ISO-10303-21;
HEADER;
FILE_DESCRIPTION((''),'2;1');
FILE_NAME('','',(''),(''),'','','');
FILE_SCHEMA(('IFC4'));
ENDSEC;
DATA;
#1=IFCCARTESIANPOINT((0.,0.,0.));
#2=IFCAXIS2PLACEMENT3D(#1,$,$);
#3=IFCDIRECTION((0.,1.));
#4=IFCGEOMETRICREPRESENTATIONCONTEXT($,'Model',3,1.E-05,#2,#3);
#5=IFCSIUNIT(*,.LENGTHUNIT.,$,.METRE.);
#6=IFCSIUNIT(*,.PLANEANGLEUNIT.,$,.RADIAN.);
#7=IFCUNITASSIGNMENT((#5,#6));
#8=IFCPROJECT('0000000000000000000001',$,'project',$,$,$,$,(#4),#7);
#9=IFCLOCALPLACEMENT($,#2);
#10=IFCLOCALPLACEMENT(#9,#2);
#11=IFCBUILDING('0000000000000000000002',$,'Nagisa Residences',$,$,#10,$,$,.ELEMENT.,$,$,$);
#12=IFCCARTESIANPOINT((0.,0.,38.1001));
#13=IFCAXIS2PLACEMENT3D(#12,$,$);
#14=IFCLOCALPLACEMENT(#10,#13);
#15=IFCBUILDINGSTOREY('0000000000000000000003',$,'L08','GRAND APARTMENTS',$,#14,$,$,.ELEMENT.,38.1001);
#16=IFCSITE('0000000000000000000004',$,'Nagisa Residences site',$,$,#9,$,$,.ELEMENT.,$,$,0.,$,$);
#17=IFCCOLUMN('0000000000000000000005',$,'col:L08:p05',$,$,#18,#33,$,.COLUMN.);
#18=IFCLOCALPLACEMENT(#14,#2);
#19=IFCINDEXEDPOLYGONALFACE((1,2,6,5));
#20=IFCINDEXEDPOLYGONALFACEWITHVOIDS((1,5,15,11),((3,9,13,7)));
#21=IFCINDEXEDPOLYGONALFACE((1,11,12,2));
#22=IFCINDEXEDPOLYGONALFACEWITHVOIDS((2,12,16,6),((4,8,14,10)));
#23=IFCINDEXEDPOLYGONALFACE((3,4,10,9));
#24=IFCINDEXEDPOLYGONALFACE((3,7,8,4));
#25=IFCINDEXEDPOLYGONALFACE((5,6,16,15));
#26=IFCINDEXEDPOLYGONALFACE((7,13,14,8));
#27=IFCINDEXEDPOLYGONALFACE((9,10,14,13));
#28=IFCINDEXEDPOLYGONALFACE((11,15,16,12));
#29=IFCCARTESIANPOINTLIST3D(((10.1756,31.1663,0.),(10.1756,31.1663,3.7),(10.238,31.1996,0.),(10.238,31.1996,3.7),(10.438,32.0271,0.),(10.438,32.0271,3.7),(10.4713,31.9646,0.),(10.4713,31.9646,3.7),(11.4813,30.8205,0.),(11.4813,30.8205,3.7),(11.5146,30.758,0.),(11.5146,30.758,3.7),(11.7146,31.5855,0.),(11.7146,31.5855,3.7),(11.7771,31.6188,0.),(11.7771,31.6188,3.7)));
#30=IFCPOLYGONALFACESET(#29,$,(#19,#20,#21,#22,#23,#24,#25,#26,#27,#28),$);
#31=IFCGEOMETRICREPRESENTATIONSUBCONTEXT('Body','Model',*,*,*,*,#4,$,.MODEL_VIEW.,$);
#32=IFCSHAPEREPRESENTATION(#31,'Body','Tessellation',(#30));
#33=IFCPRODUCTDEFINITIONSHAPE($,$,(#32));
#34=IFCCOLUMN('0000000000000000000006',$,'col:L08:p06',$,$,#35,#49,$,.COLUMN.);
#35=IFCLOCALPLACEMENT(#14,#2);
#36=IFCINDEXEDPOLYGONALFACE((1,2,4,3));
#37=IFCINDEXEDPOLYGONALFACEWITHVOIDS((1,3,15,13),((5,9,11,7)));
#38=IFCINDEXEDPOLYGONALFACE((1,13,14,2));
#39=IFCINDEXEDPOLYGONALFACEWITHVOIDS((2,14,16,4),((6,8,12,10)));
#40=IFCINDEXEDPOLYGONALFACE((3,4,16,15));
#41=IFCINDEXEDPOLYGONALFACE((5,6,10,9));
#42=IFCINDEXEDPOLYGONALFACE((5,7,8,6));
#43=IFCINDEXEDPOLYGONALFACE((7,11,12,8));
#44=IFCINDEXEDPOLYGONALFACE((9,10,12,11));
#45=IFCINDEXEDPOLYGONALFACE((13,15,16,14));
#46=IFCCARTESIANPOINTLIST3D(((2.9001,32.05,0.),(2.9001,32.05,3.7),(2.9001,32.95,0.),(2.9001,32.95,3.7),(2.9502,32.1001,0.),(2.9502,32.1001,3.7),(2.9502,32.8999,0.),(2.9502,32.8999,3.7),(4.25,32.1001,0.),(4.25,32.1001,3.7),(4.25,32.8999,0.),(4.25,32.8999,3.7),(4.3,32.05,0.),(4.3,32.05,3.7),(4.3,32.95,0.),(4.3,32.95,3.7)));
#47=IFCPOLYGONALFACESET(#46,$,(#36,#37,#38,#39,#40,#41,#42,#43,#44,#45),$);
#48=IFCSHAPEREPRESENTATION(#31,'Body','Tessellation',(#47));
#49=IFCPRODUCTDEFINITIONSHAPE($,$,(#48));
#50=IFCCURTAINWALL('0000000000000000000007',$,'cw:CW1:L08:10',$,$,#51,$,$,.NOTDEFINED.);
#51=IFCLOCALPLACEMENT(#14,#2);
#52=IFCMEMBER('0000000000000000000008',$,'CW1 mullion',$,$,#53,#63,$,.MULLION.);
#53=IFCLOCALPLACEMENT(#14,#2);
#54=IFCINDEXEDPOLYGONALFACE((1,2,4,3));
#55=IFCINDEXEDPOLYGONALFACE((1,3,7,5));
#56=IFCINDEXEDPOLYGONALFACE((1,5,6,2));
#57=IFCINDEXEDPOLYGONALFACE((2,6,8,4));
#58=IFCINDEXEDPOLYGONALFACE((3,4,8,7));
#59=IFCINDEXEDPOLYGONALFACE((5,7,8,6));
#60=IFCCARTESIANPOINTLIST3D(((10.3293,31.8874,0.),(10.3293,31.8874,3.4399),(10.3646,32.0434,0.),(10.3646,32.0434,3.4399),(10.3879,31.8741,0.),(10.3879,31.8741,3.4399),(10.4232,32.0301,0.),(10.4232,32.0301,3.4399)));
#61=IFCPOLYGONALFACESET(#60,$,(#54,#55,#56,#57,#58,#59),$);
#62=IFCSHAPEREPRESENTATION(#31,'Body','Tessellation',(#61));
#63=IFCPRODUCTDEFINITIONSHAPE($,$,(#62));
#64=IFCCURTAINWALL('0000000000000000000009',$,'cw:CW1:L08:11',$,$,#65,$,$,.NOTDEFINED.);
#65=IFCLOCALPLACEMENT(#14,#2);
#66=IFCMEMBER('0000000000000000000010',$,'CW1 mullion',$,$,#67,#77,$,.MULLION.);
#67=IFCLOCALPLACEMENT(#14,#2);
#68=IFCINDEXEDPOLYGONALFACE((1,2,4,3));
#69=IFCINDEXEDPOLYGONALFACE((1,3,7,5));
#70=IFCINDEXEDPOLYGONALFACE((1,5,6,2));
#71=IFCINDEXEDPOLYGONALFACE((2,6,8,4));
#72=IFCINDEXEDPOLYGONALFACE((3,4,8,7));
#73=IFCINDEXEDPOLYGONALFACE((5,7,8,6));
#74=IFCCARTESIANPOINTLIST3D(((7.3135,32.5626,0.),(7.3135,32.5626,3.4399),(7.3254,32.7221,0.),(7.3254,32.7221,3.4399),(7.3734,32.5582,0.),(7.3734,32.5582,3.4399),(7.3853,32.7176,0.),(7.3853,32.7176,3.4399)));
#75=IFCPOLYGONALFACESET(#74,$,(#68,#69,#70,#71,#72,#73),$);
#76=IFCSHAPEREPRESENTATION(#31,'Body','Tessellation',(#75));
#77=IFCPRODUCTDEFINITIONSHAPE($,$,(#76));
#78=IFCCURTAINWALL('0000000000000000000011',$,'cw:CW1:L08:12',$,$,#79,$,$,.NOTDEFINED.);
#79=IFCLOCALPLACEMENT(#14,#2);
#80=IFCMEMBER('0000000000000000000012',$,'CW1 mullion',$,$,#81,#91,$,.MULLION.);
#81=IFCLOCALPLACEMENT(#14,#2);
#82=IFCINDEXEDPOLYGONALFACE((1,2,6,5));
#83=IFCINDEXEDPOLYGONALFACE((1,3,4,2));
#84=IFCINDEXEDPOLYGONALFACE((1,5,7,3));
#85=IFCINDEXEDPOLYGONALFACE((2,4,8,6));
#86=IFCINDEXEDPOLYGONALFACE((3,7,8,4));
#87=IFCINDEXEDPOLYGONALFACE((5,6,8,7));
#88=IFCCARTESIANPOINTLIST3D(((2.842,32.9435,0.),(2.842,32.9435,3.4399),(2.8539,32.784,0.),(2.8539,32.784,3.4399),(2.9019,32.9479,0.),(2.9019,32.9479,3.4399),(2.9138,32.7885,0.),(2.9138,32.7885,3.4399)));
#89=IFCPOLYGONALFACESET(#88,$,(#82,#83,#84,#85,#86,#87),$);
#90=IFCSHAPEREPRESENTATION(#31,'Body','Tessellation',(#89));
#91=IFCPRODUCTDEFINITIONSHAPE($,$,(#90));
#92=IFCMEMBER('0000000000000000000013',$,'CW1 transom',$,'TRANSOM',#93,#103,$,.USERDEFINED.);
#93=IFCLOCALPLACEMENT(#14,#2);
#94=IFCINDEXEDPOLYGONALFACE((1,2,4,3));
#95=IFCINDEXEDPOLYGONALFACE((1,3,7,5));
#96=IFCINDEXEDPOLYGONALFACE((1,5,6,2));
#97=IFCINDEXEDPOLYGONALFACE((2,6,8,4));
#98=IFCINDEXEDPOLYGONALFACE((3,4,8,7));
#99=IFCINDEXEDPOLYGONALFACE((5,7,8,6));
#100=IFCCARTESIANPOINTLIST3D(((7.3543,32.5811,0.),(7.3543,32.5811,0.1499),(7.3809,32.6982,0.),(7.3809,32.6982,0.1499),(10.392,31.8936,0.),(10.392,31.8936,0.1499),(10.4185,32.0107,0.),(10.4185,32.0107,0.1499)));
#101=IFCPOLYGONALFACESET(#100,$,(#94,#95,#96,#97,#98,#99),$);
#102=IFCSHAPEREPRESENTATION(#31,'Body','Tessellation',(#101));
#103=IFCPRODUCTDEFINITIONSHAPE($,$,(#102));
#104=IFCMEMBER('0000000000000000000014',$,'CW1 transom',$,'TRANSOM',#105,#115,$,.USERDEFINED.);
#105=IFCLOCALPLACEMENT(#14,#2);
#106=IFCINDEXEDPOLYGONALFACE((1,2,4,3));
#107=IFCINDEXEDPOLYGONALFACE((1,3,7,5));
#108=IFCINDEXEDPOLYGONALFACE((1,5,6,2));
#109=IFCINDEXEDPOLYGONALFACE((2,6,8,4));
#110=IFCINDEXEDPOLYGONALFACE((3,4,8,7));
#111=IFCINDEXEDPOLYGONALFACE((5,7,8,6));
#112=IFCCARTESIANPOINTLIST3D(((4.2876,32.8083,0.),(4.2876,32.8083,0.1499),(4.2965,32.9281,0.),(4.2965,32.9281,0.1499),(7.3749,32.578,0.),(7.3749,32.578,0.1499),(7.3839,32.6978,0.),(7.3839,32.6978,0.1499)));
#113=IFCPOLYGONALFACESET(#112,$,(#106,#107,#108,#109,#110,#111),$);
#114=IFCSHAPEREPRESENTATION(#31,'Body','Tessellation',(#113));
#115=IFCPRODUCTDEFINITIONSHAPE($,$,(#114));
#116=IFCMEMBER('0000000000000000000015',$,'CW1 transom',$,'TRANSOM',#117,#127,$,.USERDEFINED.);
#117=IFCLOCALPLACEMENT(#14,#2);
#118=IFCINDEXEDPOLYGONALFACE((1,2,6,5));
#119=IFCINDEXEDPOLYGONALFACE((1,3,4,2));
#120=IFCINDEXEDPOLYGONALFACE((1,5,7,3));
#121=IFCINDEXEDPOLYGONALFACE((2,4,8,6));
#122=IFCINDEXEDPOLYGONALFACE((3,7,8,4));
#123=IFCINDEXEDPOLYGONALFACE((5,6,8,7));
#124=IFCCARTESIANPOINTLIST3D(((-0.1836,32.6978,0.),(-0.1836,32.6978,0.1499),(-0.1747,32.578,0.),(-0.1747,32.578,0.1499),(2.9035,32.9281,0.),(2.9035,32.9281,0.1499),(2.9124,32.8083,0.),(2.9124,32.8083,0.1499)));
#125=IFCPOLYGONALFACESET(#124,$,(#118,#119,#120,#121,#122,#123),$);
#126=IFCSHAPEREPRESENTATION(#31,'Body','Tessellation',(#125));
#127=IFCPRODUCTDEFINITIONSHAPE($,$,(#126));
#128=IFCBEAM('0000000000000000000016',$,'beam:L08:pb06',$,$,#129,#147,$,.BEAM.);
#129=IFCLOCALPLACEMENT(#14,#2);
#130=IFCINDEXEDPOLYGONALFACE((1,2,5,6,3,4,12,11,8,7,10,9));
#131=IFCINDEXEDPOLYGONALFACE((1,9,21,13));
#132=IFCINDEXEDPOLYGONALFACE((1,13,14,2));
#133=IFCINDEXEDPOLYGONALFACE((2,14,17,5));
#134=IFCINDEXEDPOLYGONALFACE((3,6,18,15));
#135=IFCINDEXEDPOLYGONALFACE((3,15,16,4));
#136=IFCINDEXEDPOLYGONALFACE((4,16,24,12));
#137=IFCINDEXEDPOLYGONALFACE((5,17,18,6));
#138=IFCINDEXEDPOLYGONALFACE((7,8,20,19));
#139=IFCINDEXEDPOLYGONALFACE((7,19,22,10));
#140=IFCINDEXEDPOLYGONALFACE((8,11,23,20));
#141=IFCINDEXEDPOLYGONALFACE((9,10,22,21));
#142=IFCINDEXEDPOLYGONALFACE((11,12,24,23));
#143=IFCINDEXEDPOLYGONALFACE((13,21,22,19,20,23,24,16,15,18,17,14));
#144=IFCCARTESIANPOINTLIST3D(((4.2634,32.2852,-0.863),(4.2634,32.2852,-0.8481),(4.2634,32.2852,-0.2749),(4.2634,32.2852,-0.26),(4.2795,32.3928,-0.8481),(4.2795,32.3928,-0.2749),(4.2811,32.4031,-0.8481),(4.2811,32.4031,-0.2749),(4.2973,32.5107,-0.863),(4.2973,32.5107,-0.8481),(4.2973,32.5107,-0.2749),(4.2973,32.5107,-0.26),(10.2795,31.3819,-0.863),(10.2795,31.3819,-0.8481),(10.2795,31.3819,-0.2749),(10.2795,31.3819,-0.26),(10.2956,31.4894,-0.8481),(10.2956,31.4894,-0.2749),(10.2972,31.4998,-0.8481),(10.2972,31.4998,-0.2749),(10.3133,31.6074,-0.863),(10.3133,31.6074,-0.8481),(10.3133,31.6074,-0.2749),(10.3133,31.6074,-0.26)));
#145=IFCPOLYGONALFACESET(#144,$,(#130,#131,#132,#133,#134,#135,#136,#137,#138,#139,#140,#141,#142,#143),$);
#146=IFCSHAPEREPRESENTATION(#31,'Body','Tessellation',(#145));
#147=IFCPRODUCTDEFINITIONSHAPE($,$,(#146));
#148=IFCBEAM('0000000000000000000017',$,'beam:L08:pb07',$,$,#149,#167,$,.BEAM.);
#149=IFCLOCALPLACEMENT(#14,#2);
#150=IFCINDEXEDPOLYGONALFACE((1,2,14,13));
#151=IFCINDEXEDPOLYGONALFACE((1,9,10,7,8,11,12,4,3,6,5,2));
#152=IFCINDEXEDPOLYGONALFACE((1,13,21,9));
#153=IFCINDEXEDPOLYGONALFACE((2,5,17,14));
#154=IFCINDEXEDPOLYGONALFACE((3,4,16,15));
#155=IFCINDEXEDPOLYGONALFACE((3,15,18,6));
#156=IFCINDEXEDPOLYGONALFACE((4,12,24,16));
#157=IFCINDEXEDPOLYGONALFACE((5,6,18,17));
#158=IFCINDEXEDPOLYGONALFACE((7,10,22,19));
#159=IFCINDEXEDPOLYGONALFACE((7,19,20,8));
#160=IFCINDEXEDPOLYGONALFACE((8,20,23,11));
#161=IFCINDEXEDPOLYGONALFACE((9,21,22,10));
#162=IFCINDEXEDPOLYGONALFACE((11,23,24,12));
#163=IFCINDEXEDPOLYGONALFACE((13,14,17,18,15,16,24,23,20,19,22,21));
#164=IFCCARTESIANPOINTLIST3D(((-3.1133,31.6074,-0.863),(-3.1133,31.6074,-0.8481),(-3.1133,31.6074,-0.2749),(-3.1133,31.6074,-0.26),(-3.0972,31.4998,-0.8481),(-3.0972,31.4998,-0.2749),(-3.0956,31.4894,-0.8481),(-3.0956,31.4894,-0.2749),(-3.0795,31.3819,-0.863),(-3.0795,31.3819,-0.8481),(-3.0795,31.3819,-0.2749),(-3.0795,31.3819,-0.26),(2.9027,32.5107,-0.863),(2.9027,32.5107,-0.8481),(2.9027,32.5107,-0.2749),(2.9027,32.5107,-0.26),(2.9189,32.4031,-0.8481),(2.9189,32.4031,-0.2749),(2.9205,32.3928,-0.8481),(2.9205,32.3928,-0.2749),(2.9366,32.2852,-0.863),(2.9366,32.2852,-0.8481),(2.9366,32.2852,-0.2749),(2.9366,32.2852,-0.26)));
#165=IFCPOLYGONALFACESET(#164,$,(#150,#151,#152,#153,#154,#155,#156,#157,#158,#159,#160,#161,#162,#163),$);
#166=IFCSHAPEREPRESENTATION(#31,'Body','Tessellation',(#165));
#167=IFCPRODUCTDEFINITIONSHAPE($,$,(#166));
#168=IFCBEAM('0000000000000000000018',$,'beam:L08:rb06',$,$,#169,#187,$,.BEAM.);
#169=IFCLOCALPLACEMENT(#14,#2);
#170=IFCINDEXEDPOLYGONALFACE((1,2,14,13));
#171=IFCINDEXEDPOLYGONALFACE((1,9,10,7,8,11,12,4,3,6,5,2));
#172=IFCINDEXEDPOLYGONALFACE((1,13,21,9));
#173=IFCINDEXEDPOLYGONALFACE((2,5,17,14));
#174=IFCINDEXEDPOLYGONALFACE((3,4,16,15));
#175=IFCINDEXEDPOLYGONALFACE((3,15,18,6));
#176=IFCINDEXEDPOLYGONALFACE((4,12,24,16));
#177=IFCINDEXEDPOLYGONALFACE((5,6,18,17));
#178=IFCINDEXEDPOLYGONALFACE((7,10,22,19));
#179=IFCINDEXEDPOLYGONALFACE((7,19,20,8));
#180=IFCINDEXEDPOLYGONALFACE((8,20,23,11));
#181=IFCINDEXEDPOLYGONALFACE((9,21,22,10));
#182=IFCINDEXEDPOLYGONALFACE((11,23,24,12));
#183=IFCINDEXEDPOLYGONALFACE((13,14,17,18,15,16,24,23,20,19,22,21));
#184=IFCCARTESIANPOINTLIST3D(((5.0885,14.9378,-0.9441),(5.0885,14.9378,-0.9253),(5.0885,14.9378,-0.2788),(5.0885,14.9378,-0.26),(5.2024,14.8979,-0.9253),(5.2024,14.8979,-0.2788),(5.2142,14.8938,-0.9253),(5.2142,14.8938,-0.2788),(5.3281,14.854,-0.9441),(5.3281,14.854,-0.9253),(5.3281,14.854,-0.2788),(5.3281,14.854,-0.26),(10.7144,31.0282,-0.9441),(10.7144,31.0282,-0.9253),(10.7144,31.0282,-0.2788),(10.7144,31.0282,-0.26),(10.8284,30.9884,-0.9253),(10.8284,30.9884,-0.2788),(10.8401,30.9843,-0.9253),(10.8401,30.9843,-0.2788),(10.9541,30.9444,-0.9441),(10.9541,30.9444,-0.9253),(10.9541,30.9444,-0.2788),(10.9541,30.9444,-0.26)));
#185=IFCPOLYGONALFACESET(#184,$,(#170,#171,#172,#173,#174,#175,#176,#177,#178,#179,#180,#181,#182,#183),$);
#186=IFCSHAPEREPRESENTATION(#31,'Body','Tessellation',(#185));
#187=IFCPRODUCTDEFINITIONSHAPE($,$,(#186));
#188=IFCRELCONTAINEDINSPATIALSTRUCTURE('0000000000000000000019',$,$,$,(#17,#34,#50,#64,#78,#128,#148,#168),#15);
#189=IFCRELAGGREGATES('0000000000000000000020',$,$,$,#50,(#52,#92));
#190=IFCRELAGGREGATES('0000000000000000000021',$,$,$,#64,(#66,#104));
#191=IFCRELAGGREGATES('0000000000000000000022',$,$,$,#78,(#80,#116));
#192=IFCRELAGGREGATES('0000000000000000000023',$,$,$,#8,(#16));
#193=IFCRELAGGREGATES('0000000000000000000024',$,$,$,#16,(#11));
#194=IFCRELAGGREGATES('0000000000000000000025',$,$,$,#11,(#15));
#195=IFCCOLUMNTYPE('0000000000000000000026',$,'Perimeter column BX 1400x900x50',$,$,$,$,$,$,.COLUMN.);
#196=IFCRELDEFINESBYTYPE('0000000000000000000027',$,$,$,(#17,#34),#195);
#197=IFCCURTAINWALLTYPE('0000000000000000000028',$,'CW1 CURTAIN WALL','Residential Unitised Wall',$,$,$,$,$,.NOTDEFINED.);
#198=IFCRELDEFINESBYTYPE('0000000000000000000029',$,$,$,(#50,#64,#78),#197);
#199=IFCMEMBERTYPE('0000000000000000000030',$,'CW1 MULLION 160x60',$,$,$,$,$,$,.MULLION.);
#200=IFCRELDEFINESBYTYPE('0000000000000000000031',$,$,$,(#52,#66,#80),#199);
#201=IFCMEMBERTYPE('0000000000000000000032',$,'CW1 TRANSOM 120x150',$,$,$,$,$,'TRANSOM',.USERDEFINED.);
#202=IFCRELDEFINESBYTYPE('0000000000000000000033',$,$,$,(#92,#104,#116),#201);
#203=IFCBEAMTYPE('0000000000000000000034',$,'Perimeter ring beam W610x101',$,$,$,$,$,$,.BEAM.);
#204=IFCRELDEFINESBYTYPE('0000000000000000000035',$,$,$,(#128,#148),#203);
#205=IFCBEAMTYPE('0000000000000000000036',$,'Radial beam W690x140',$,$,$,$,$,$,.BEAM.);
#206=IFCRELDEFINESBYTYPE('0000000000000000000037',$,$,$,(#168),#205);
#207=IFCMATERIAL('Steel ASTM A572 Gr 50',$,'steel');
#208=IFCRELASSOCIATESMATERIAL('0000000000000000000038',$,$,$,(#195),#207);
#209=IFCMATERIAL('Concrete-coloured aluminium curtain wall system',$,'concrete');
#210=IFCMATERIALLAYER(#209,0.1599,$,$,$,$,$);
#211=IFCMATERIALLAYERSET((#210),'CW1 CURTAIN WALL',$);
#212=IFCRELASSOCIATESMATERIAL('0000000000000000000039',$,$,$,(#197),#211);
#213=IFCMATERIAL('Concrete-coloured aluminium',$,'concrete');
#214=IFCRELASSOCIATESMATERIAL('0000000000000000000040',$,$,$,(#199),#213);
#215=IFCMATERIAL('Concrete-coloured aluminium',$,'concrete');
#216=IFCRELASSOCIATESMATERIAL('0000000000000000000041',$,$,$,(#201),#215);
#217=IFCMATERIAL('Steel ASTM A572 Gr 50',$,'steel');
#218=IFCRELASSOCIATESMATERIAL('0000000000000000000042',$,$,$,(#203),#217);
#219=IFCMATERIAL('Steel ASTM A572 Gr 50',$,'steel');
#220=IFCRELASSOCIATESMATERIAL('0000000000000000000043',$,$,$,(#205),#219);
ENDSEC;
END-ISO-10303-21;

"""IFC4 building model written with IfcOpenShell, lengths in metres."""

from ifc_helpers import new_model, si_unit, direction, frame, origin, origin_2d, place, context, subcontext, project, spatial, rectangle, hollow_rectangle, i_section, extrude, material, layer, layer_set, material_profile, profile_set, type_object, element, aggregate, save


model = new_model("IFC4")

# Units and contexts
model_context = context("Model", 3, precision=1e-05, world=origin(), true_north=direction((0.0, 1.0)))
body_context = subcontext(model_context, "Body", "Model", "MODEL_VIEW")
ifc_project = project(units=[si_unit("LENGTHUNIT", "METRE"), si_unit("PLANEANGLEUNIT", "RADIAN")], contexts=[model_context])

# Site, building, storey
site_placement = place(None, origin())
site = spatial("IfcSite", under=ifc_project, at=site_placement, Name="Nagisa Residences site", CompositionType="ELEMENT", RefElevation=0.0)
building_placement = place(site_placement, origin())
building = spatial("IfcBuilding", under=site, at=building_placement, Name="Nagisa Residences", CompositionType="ELEMENT")
storey_placement = place(building_placement, frame((0.0, 0.0, 38.1001)))
storey = spatial("IfcBuildingStorey", under=building, at=storey_placement, Name="L08", Description="GRAND APARTMENTS", CompositionType="ELEMENT", Elevation=38.1001)

# Columns
ifc_material_1 = material(Name="Steel ASTM A572 Gr 50", Category="steel")
ifc_material_profile_1 = material_profile(ifc_material_1, hollow_rectangle(XDim=1.3999, YDim=0.8999, WallThickness=0.05, at=origin_2d()), Name="BX 1400x900x50")
ifc_profile_set_1 = profile_set([ifc_material_profile_1], Name="Steel ASTM A572 Gr 50")
column_type = type_object("IfcColumnType", Name="Perimeter column BX 1400x900x50", PredefinedType="COLUMN", material=ifc_profile_set_1)
for number, where, z_axis, x_axis, name in (
    (1, (10.9763, 31.3926, 0.0), (0.0, 0.0, 1.0), (-0.956525, 0.291652, 0.0), "col:L08:p05"),
    (2, (3.6001, 32.5, 0.0), (0.0, 0.0, 1.0), (-1.0, 0.0, 0.0), "col:L08:p06"),
):
    element("IfcColumn", number, at=place(storey_placement, frame(where, z_axis=z_axis, x_axis=x_axis)), inside=storey, type_object=column_type, Name=name, PredefinedType="COLUMN", context=body_context, shape_type="SweptSolid", body=[
        extrude(hollow_rectangle(XDim=1.3999, YDim=0.8999, WallThickness=0.05, at=origin_2d()), origin(), (0.0, 0.0, 1.0), 3.7),
    ])

# Curtain walls, members
ifc_material_2 = material(Name="Concrete-coloured aluminium curtain wall system", Category="concrete")
ifc_layer_1 = layer(ifc_material_2, 0.1599)
ifc_layer_set_1 = layer_set([ifc_layer_1], Name="CW1 CURTAIN WALL")
curtain_wall_type = type_object("IfcCurtainWallType", Name="CW1 CURTAIN WALL", Description="Residential Unitised Wall", PredefinedType="NOTDEFINED", material=ifc_layer_set_1)
curtain_wall_1_placement = place(storey_placement, origin())
curtain_wall_1 = element("IfcCurtainWall", 3, at=curtain_wall_1_placement, inside=storey, type_object=curtain_wall_type, Name="cw:CW1:L08:10", PredefinedType="NOTDEFINED")
ifc_material_3 = material(Name="Concrete-coloured aluminium", Category="concrete")
ifc_material_profile_2 = material_profile(ifc_material_3, rectangle(XDim=0.1599, YDim=0.0601, at=origin_2d()), Name="CW1 MULLION 160x60")
ifc_profile_set_2 = profile_set([ifc_material_profile_2], Name="Concrete-coloured aluminium")
member_type_1 = type_object("IfcMemberType", Name="CW1 MULLION 160x60", PredefinedType="MULLION", material=ifc_profile_set_2)
member_1_placement = place(storey_placement, frame((10.3762, 31.9587, 0.0), z_axis=(0.0, 0.0, 1.0), x_axis=(-0.220764, -0.975327, 0.0)))
member_1 = element("IfcMember", 4, at=member_1_placement, type_object=member_type_1, Name="CW1 mullion", PredefinedType="MULLION", context=body_context, shape_type="SweptSolid", body=[
    extrude(rectangle(XDim=0.1599, YDim=0.0601, at=origin_2d()), origin(), (0.0, 0.0, 1.0), 3.4399),
])
curtain_wall_2_placement = place(storey_placement, origin())
curtain_wall_2 = element("IfcCurtainWall", 5, at=curtain_wall_2_placement, inside=storey, type_object=curtain_wall_type, Name="cw:CW1:L08:11", PredefinedType="NOTDEFINED")
member_2_placement = place(storey_placement, frame((7.3494, 32.6401, 0.0), z_axis=(0.0, 0.0, 1.0), x_axis=(-0.074377, -0.99723, 0.0)))
member_2 = element("IfcMember", 6, at=member_2_placement, type_object=member_type_1, Name="CW1 mullion", PredefinedType="MULLION", context=body_context, shape_type="SweptSolid", body=[
    extrude(rectangle(XDim=0.1599, YDim=0.0601, at=origin_2d()), origin(), (0.0, 0.0, 1.0), 3.4399),
])
curtain_wall_3_placement = place(storey_placement, origin())
curtain_wall_3 = element("IfcCurtainWall", 7, at=curtain_wall_3_placement, inside=storey, type_object=curtain_wall_type, Name="cw:CW1:L08:12", PredefinedType="NOTDEFINED")
member_3_placement = place(storey_placement, frame((2.8779, 32.866, 0.0), z_axis=(0.0, 0.0, 1.0), x_axis=(0.074377, -0.99723, 0.0)))
member_3 = element("IfcMember", 8, at=member_3_placement, type_object=member_type_1, Name="CW1 mullion", PredefinedType="MULLION", context=body_context, shape_type="SweptSolid", body=[
    extrude(rectangle(XDim=0.1599, YDim=0.0601, at=origin_2d()), origin(), (0.0, 0.0, 1.0), 3.4399),
])

# Members
ifc_material_4 = material(Name="Concrete-coloured aluminium", Category="concrete")
ifc_material_profile_3 = material_profile(ifc_material_4, rectangle(XDim=0.1201, YDim=0.1499, at=origin_2d()), Name="CW1 TRANSOM 120x150")
ifc_profile_set_3 = profile_set([ifc_material_profile_3], Name="Concrete-coloured aluminium")
member_type_2 = type_object("IfcMemberType", Name="CW1 TRANSOM 120x150", ElementType="TRANSOM", PredefinedType="USERDEFINED", material=ifc_profile_set_3)
member_4_placement = place(storey_placement, frame((10.4053, 31.9521, 0.075), z_axis=(-0.975331, 0.220747, 0.0), x_axis=(-0.220747, -0.975331, 0.0)))
member_4 = element("IfcMember", 9, at=member_4_placement, type_object=member_type_2, Name="CW1 transom", ObjectType="TRANSOM", PredefinedType="USERDEFINED", context=body_context, shape_type="SweptSolid", body=[
    extrude(rectangle(XDim=0.1201, YDim=0.1499, at=origin_2d()), origin(), (0.0, 0.0, 1.0), 3.1145),
])
member_5_placement = place(storey_placement, frame((7.3794, 32.6379, 0.075), z_axis=(-0.997231, 0.074363, 0.0), x_axis=(-0.074363, -0.997231, 0.0)))
member_5 = element("IfcMember", 10, at=member_5_placement, type_object=member_type_2, Name="CW1 transom", ObjectType="TRANSOM", PredefinedType="USERDEFINED", context=body_context, shape_type="SweptSolid", body=[
    extrude(rectangle(XDim=0.1201, YDim=0.1499, at=origin_2d()), origin(), (0.0, 0.0, 1.0), 3.0959),
])
member_6_placement = place(storey_placement, frame((2.908, 32.8682, 0.075), z_axis=(-0.997231, -0.074368, 0.0), x_axis=(0.074368, -0.997231, 0.0)))
member_6 = element("IfcMember", 11, at=member_6_placement, type_object=member_type_2, Name="CW1 transom", ObjectType="TRANSOM", PredefinedType="USERDEFINED", context=body_context, shape_type="SweptSolid", body=[
    extrude(rectangle(XDim=0.1201, YDim=0.1499, at=origin_2d()), origin(), (0.0, 0.0, 1.0), 3.0957),
])

# Beams
ifc_material_5 = material(Name="Steel ASTM A572 Gr 50", Category="steel")
ifc_material_profile_4 = material_profile(ifc_material_5, i_section(OverallWidth=0.228, OverallDepth=0.603, WebThickness=0.0105, FlangeThickness=0.0149, at=origin_2d()), Name="W610x101")
ifc_profile_set_4 = profile_set([ifc_material_profile_4], Name="Steel ASTM A572 Gr 50")
beam_type_1 = type_object("IfcBeamType", Name="Perimeter ring beam W610x101", PredefinedType="BEAM", material=ifc_profile_set_4)
for number, where, z_axis, x_axis, name in (
    (12, (10.2964, 31.4946, -0.5615), (-0.988915, 0.148486, 0.0), (-0.148486, -0.988915, 0.0), "beam:L08:pb06"),
    (13, (2.9197, 32.3979, -0.5615), (-0.988915, -0.148486, 0.0), (0.148486, -0.988915, 0.0), "beam:L08:pb07"),
):
    element("IfcBeam", number, at=place(storey_placement, frame(where, z_axis=z_axis, x_axis=x_axis)), inside=storey, type_object=beam_type_1, Name=name, PredefinedType="BEAM", context=body_context, shape_type="SweptSolid", body=[
        extrude(i_section(OverallWidth=0.228, OverallDepth=0.603, WebThickness=0.0105, FlangeThickness=0.0149, at=origin_2d()), origin(), (0.0, 0.0, 1.0), 6.0835),
    ])
ifc_material_6 = material(Name="Steel ASTM A572 Gr 50", Category="steel")
ifc_material_profile_5 = material_profile(ifc_material_6, i_section(OverallWidth=0.2539, OverallDepth=0.6841, WebThickness=0.0125, FlangeThickness=0.0188, at=origin_2d()), Name="W690x140")
ifc_profile_set_5 = profile_set([ifc_material_profile_5], Name="Steel ASTM A572 Gr 50")
beam_type_2 = type_object("IfcBeamType", Name="Radial beam W690x140", PredefinedType="BEAM", material=ifc_profile_set_5)
beam_1_placement = place(storey_placement, frame((10.8342, 30.9863, -0.6021), z_axis=(-0.330051, -0.943963, 0.0), x_axis=(0.943963, -0.330051, 0.0)))
element("IfcBeam", 14, at=beam_1_placement, inside=storey, type_object=beam_type_2, Name="beam:L08:rb06", PredefinedType="BEAM", context=body_context, shape_type="SweptSolid", body=[
    extrude(i_section(OverallWidth=0.2539, OverallDepth=0.6841, WebThickness=0.0125, FlangeThickness=0.0188, at=origin_2d()), origin(), (0.0, 0.0, 1.0), 17.0457),
])

aggregate(curtain_wall_1, [member_1, member_4])
aggregate(curtain_wall_2, [member_2, member_5])
aggregate(curtain_wall_3, [member_3, member_6])

save(model, "model.ifc")
